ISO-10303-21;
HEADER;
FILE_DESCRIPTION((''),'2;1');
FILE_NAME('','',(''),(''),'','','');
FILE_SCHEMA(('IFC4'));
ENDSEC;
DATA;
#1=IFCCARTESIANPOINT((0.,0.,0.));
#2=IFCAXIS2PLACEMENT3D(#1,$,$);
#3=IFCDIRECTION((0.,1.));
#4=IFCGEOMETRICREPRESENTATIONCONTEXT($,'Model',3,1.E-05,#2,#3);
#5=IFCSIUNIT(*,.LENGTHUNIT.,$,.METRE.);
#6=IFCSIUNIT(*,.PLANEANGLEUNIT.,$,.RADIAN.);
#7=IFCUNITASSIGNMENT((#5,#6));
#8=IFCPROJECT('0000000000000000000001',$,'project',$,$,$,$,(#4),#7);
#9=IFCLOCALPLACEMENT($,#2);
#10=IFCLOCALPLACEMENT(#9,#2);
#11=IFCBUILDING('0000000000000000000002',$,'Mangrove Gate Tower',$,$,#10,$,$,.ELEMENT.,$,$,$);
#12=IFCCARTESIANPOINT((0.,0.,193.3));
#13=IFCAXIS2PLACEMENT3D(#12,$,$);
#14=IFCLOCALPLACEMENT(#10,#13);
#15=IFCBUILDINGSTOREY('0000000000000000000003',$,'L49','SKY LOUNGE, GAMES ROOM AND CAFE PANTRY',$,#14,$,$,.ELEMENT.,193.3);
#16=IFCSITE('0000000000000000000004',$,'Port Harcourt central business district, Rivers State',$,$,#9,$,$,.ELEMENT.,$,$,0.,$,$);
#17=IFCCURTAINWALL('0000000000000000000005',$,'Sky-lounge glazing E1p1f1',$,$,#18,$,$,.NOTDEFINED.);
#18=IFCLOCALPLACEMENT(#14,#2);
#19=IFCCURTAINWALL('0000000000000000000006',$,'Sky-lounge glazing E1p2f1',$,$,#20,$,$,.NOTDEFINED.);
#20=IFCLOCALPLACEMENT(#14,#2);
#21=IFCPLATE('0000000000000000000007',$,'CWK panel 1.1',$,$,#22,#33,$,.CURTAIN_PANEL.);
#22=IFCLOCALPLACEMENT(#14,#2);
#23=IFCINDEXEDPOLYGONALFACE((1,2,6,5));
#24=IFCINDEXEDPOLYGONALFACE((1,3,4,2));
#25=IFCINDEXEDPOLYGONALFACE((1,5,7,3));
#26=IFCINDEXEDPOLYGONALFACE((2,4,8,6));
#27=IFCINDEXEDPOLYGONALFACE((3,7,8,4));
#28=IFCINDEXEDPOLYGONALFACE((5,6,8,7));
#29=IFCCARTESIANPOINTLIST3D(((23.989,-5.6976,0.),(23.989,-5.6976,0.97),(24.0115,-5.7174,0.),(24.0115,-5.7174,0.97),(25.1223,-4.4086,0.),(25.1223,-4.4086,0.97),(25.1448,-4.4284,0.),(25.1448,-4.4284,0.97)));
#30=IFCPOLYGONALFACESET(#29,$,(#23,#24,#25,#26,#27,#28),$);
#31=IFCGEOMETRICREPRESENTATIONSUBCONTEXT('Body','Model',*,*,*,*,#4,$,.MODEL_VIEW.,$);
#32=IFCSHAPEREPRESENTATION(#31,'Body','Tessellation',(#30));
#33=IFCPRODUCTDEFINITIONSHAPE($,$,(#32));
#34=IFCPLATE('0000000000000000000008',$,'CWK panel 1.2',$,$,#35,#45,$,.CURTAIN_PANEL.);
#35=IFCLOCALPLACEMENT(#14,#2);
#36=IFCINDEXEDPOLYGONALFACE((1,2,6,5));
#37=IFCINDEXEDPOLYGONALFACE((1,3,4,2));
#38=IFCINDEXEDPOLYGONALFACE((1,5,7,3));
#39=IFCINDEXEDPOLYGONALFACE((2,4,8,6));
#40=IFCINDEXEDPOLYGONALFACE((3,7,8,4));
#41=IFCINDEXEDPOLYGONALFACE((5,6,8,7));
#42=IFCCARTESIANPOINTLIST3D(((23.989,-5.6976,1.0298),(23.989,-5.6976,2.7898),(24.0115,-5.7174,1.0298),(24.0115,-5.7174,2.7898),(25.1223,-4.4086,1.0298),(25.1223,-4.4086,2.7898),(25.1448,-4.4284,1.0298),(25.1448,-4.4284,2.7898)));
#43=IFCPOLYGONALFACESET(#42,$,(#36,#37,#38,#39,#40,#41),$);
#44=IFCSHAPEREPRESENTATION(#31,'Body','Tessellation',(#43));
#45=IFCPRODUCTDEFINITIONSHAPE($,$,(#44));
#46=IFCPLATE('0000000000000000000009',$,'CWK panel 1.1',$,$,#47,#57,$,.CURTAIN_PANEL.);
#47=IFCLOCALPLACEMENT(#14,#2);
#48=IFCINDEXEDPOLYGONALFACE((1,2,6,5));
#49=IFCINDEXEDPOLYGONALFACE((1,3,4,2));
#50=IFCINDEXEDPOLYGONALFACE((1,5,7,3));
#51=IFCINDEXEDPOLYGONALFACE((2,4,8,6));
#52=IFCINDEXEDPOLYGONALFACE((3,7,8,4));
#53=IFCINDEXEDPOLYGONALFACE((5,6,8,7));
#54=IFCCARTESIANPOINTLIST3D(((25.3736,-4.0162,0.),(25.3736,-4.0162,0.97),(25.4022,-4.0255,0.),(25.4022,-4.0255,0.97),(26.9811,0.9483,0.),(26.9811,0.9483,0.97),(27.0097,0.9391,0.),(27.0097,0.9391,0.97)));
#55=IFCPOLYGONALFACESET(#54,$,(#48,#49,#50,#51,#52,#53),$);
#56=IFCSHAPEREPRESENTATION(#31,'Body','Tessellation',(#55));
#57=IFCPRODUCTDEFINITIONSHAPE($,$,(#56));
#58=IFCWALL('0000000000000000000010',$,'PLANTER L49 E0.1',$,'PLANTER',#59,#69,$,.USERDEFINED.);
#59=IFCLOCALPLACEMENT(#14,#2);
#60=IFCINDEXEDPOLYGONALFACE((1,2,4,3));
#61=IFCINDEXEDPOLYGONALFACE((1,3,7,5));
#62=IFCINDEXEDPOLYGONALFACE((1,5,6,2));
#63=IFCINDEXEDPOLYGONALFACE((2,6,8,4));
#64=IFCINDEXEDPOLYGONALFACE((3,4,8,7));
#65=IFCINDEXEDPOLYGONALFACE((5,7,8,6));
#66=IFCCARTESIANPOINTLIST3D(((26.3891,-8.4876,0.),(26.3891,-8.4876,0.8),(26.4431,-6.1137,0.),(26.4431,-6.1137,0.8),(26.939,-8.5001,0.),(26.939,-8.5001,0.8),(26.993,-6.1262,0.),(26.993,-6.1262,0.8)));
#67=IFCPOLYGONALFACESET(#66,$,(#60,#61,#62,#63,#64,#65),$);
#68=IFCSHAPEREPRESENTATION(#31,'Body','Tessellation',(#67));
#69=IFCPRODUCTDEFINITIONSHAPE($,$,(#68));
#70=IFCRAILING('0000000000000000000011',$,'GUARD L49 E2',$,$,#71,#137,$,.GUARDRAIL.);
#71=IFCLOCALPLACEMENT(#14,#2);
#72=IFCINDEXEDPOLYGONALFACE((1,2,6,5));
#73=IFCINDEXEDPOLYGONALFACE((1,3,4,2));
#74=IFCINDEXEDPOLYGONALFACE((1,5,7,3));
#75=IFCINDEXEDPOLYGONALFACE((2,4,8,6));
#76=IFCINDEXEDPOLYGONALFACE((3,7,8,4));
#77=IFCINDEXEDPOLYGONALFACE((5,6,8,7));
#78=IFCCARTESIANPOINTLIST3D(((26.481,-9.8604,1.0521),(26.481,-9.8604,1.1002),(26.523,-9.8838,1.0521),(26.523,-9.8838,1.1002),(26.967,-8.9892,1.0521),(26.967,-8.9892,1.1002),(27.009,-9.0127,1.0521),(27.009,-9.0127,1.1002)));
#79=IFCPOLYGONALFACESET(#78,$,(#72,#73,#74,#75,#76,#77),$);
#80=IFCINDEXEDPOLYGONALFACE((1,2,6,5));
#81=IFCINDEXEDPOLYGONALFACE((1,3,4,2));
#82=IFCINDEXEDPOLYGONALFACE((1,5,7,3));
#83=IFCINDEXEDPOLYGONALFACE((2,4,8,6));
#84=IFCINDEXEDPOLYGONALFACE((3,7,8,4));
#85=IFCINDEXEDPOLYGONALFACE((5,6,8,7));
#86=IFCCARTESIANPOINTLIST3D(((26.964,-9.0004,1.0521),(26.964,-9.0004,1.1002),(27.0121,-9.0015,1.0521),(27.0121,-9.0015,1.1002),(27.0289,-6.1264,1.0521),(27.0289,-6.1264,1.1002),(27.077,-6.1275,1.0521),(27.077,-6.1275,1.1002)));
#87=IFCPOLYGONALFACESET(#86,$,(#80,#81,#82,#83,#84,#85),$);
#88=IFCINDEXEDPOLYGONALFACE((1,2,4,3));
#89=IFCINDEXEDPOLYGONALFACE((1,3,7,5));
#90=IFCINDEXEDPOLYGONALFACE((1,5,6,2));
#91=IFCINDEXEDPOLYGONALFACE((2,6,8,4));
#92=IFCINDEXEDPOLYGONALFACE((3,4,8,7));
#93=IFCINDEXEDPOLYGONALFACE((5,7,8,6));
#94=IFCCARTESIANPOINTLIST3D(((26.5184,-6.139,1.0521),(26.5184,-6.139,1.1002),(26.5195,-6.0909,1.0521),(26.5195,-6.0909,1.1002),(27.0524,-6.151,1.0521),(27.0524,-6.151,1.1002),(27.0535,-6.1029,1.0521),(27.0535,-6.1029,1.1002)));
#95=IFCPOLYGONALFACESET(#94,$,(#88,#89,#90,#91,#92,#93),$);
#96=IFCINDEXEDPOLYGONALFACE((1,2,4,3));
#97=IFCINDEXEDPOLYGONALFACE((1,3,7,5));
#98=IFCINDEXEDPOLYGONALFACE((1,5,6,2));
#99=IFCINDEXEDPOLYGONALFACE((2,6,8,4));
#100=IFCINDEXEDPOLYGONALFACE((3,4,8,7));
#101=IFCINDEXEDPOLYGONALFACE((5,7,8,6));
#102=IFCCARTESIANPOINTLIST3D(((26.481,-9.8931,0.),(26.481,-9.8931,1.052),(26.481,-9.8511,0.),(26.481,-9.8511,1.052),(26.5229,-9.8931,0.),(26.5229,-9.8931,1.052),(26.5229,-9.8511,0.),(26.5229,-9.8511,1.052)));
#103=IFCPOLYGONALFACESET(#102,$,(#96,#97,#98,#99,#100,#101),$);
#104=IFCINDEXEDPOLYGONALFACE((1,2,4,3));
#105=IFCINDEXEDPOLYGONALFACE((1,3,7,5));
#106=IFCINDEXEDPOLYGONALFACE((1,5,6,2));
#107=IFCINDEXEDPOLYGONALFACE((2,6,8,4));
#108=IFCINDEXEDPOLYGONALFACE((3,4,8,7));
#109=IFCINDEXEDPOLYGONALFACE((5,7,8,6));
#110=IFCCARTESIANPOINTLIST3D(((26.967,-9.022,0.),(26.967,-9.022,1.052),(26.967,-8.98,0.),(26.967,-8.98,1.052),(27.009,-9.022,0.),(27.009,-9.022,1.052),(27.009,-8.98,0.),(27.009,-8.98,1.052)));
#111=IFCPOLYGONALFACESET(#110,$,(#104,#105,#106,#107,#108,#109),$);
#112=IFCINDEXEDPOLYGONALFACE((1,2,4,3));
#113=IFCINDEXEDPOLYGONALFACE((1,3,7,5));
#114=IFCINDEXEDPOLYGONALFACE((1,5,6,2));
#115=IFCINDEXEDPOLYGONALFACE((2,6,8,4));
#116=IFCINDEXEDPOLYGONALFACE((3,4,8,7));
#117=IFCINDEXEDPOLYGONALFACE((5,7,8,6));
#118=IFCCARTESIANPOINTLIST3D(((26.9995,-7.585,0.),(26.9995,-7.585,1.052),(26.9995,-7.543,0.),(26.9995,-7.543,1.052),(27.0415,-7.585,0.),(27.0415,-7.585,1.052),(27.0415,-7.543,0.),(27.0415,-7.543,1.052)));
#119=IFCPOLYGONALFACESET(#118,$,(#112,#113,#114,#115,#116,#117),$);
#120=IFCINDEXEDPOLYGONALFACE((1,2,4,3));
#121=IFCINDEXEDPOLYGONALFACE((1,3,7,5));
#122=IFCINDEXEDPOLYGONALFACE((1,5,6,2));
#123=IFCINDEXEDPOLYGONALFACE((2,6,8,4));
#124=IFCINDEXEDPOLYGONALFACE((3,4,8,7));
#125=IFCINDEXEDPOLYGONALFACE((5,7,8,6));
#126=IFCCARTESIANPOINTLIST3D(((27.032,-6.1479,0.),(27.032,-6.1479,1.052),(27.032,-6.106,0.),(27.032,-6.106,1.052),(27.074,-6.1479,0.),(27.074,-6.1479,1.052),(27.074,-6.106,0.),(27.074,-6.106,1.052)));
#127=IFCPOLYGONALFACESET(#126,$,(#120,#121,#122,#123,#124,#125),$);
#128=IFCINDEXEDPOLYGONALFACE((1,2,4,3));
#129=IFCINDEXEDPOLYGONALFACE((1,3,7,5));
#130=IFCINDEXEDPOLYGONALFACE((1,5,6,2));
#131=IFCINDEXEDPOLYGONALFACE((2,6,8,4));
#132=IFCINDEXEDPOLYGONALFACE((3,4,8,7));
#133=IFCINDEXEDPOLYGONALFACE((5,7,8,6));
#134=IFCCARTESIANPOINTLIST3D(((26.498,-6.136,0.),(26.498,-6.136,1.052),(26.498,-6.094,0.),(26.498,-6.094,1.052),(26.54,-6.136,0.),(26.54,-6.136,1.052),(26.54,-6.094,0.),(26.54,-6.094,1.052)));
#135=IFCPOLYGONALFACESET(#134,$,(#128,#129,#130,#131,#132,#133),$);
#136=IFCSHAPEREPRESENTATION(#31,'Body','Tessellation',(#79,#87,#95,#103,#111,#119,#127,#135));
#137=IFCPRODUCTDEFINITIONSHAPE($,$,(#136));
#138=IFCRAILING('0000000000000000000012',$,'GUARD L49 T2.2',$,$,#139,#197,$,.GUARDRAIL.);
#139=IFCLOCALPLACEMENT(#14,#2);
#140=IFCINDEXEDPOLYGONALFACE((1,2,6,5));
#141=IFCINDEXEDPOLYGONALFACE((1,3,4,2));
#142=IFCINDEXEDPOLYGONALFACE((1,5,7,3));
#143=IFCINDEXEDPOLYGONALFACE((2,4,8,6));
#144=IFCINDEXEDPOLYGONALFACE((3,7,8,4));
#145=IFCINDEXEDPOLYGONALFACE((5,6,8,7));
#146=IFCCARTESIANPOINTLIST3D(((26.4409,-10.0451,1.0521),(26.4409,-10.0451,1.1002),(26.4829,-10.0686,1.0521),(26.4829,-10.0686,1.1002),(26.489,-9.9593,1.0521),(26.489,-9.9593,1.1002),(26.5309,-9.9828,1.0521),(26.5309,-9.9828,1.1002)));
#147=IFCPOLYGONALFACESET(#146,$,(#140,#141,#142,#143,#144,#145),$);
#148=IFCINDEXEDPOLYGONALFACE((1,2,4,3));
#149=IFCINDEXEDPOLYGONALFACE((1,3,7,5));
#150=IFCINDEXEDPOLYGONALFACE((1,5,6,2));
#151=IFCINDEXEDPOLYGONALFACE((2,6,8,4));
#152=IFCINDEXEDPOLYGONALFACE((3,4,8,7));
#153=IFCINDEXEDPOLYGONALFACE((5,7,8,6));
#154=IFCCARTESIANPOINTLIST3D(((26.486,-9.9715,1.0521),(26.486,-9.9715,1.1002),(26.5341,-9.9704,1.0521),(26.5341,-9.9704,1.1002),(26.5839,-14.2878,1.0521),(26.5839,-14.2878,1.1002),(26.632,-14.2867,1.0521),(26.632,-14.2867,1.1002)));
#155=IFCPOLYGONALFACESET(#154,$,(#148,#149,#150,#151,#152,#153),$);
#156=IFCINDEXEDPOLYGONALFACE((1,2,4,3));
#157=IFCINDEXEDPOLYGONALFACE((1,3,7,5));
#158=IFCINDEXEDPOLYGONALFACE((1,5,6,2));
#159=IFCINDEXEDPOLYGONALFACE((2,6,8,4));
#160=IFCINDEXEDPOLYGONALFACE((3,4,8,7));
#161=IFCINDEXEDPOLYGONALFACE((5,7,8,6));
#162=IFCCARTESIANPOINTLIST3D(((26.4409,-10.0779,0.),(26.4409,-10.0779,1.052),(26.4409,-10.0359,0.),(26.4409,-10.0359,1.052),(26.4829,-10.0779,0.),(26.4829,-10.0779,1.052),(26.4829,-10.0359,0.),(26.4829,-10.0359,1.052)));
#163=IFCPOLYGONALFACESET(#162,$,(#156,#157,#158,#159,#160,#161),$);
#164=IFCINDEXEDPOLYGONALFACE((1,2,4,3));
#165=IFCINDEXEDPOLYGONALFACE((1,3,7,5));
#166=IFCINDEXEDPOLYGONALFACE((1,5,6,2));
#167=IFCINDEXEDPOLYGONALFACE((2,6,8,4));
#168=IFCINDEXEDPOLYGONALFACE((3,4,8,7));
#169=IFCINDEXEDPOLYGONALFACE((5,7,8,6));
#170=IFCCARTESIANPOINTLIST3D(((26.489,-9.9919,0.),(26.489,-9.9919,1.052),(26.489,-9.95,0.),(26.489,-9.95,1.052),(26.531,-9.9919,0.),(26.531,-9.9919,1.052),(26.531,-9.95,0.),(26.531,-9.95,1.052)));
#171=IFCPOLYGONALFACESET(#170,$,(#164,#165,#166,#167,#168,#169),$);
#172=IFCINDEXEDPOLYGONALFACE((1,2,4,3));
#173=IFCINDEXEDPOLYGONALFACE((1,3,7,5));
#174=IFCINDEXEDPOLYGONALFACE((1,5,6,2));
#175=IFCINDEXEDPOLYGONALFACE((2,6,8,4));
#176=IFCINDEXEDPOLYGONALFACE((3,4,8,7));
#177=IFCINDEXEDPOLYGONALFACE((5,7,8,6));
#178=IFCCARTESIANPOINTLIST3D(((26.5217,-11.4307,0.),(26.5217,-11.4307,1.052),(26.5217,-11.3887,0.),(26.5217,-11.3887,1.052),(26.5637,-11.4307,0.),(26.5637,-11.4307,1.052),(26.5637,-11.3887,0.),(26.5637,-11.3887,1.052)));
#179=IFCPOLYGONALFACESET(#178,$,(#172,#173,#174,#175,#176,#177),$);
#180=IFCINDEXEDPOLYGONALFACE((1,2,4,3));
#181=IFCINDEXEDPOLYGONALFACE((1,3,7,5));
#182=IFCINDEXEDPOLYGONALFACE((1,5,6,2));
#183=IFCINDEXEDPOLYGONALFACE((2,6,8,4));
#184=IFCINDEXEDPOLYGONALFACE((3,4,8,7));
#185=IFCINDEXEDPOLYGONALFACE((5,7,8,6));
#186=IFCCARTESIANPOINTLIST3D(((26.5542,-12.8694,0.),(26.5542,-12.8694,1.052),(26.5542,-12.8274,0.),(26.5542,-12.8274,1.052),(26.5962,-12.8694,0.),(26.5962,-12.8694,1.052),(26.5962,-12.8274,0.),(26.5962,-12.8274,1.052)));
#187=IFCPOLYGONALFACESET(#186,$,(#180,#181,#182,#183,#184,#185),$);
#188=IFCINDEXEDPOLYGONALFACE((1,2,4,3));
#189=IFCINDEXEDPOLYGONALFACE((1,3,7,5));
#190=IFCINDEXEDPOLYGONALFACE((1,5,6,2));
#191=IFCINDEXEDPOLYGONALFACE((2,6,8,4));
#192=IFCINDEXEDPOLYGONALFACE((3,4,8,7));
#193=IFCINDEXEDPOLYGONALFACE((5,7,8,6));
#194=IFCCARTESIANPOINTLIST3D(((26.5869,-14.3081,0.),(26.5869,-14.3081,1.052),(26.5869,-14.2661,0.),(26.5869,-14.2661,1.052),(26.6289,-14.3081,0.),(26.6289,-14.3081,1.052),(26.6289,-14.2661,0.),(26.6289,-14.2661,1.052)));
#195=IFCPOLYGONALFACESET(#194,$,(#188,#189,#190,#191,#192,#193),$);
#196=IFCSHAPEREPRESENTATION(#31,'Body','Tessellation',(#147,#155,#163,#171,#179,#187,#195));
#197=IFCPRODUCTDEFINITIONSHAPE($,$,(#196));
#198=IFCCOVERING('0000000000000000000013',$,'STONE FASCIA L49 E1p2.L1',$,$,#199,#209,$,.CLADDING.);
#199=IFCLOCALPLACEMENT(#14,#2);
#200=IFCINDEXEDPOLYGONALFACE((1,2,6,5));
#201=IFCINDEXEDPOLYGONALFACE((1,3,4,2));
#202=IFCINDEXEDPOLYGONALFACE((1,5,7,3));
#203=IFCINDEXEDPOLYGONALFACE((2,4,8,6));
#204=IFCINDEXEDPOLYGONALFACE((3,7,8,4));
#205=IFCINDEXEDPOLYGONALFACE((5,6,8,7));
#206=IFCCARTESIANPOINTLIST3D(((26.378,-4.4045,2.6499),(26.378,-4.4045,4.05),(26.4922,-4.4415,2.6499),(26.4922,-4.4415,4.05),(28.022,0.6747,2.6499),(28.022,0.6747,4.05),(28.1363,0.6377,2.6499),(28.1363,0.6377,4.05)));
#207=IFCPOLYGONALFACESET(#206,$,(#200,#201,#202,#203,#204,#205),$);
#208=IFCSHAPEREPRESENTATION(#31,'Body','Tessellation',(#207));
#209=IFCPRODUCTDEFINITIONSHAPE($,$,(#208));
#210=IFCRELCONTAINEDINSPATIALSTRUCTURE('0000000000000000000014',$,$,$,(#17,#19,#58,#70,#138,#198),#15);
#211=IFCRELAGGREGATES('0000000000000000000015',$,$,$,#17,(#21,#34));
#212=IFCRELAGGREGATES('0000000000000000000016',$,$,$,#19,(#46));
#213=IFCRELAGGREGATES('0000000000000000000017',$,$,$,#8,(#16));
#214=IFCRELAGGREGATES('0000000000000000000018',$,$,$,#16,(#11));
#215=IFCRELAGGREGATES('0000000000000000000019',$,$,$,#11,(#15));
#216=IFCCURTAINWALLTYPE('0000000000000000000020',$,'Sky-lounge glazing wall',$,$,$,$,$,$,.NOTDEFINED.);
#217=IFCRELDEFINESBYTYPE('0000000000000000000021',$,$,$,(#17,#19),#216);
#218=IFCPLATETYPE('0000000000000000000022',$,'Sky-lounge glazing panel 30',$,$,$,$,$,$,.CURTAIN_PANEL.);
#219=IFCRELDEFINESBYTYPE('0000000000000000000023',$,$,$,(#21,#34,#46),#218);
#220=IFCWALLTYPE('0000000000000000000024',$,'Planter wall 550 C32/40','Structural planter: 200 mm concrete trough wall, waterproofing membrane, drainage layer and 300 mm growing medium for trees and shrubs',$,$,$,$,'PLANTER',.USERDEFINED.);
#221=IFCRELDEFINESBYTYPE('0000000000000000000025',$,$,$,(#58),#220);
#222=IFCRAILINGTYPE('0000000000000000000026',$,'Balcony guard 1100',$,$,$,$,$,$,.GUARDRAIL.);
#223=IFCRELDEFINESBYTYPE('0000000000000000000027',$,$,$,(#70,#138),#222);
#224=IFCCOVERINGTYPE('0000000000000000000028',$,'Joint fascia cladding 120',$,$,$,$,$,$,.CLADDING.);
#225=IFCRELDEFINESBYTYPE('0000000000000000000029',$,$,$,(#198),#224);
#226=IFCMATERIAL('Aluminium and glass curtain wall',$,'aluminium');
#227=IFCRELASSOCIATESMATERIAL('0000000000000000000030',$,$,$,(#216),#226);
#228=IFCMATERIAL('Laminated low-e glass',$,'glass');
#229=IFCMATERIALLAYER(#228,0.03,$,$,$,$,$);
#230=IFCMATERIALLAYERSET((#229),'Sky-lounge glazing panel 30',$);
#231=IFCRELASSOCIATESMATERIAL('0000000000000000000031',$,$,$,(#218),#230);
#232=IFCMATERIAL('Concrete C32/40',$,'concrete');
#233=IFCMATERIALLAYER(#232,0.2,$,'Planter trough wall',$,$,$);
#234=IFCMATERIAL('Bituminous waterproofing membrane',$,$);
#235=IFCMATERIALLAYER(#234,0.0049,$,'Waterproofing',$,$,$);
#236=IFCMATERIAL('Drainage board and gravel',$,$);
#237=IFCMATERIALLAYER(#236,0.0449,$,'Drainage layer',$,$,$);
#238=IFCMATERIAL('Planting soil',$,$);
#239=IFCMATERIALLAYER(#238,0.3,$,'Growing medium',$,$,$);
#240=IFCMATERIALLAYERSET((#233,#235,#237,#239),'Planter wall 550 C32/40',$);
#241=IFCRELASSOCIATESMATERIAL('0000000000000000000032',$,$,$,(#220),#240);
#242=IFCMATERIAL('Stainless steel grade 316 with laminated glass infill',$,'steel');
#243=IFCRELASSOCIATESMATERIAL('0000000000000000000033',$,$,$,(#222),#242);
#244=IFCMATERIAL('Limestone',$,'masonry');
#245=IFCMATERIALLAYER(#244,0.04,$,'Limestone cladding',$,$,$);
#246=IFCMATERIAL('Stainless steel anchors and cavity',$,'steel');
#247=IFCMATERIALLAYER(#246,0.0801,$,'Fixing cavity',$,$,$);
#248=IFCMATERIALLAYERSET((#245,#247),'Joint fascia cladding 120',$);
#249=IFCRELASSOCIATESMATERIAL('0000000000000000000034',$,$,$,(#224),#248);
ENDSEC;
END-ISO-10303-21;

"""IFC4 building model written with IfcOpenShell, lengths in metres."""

from ifc_helpers import new_model, si_unit, direction, frame, frame_2d, origin, origin_2d, place, context, subcontext, project, spatial, rectangle, extrude, material, layer, layer_set, type_object, element, aggregate, save


model = new_model("IFC4")

# Units and contexts
model_context = context("Model", 3, precision=1e-05, world=origin(), true_north=direction((0.0, 1.0)))
body_context = subcontext(model_context, "Body", "Model", "MODEL_VIEW")
ifc_project = project(units=[si_unit("LENGTHUNIT", "METRE"), si_unit("PLANEANGLEUNIT", "RADIAN")], contexts=[model_context])

# Site, building, storey
site_placement = place(None, origin())
site = spatial("IfcSite", under=ifc_project, at=site_placement, Name="Port Harcourt central business district, Rivers State", CompositionType="ELEMENT", RefElevation=0.0)
building_placement = place(site_placement, origin())
building = spatial("IfcBuilding", under=site, at=building_placement, Name="Mangrove Gate Tower", CompositionType="ELEMENT")
storey_placement = place(building_placement, frame((0.0, 0.0, 193.3)))
storey = spatial("IfcBuildingStorey", under=building, at=storey_placement, Name="L49", Description="SKY LOUNGE, GAMES ROOM AND CAFE PANTRY", CompositionType="ELEMENT", Elevation=193.3)

# Curtain wall
ifc_material_1 = material(Name="Aluminium and glass curtain wall", Category="aluminium")
curtain_wall_type = type_object("IfcCurtainWallType", Name="Sky-lounge glazing wall", PredefinedType="NOTDEFINED", material=ifc_material_1)
curtain_wall_1_placement = place(storey_placement, origin())
curtain_wall_1 = element("IfcCurtainWall", 1, at=curtain_wall_1_placement, inside=storey, type_object=curtain_wall_type, Name="Sky-lounge glazing E1p1f1", PredefinedType="NOTDEFINED")

# Curtain wall
curtain_wall_2_placement = place(storey_placement, origin())
curtain_wall_2 = element("IfcCurtainWall", 2, at=curtain_wall_2_placement, inside=storey, type_object=curtain_wall_type, Name="Sky-lounge glazing E1p2f1", PredefinedType="NOTDEFINED")

# Plates
ifc_material_2 = material(Name="Laminated low-e glass", Category="glass")
ifc_layer_1 = layer(ifc_material_2, 0.03)
ifc_layer_set_1 = layer_set([ifc_layer_1], Name="Sky-lounge glazing panel 30")
plate_type = type_object("IfcPlateType", Name="Sky-lounge glazing panel 30", PredefinedType="CURTAIN_PANEL", material=ifc_layer_set_1)
plate_1_placement = place(storey_placement, frame((24.5669, -5.063, 0.0), z_axis=(0.0, 0.0, 1.0), x_axis=(0.660296, 0.751006, 0.0)))
plate_1 = element("IfcPlate", 3, at=plate_1_placement, type_object=plate_type, Name="CWK panel 1.1", PredefinedType="CURTAIN_PANEL", context=body_context, shape_type="SweptSolid", body=[
    extrude(rectangle(XDim=1.7163, YDim=0.03, at=origin_2d()), origin(), (0.0, 0.0, 1.0), 0.97),
])
plate_2_placement = place(storey_placement, frame((24.5669, -5.063, 1.0298), z_axis=(0.0, 0.0, 1.0), x_axis=(0.660296, 0.751006, 0.0)))
plate_2 = element("IfcPlate", 4, at=plate_2_placement, type_object=plate_type, Name="CWK panel 1.2", PredefinedType="CURTAIN_PANEL", context=body_context, shape_type="SweptSolid", body=[
    extrude(rectangle(XDim=1.7163, YDim=0.03, at=origin_2d()), origin(), (0.0, 0.0, 1.0), 1.76),
])
aggregate(curtain_wall_1, [plate_1, plate_2])
plate_3_placement = place(storey_placement, frame((26.1917, -1.5386, 0.0), z_axis=(0.0, 0.0, 1.0), x_axis=(0.308042, 0.951373, 0.0)))
plate_3 = element("IfcPlate", 5, at=plate_3_placement, type_object=plate_type, Name="CWK panel 1.1", PredefinedType="CURTAIN_PANEL", context=body_context, shape_type="SweptSolid", body=[
    extrude(rectangle(XDim=5.2183, YDim=0.03, at=origin_2d()), origin(), (0.0, 0.0, 1.0), 0.97),
])
aggregate(curtain_wall_2, [plate_3])

# Wall
ifc_material_3 = material(Name="Concrete C32/40", Category="concrete")
ifc_layer_2 = layer(ifc_material_3, 0.2, Name="Planter trough wall")
ifc_material_4 = material(Name="Bituminous waterproofing membrane")
ifc_layer_3 = layer(ifc_material_4, 0.0049, Name="Waterproofing")
ifc_material_5 = material(Name="Drainage board and gravel")
ifc_layer_4 = layer(ifc_material_5, 0.0449, Name="Drainage layer")
ifc_material_6 = material(Name="Planting soil")
ifc_layer_5 = layer(ifc_material_6, 0.3, Name="Growing medium")
ifc_layer_set_2 = layer_set([ifc_layer_2, ifc_layer_3, ifc_layer_4, ifc_layer_5], Name="Planter wall 550 C32/40")
wall_type = type_object("IfcWallType", Name="Planter wall 550 C32/40", Description="Structural planter: 200 mm concrete trough wall, waterproofing membrane, drainage layer and 300 mm growing medium for trees and shrubs", ElementType="PLANTER", PredefinedType="USERDEFINED", material=ifc_layer_set_2)
wall_placement = place(storey_placement, frame((26.6641, -8.4939, 0.0), z_axis=(0.0, 0.0, 1.0), x_axis=(0.022724, 0.999742, 0.0)))
element("IfcWall", 6, at=wall_placement, inside=storey, type_object=wall_type, Name="PLANTER L49 E0.1", ObjectType="PLANTER", PredefinedType="USERDEFINED", context=body_context, shape_type="SweptSolid", body=[
    extrude(rectangle(XDim=2.3745, YDim=0.55, at=frame_2d((1.1873, 0.0))), origin(), (0.0, 0.0, 1.0), 0.8),
])

# Railings
ifc_material_7 = material(Name="Stainless steel grade 316 with laminated glass infill", Category="steel")
railing_type = type_object("IfcRailingType", Name="Balcony guard 1100", PredefinedType="GUARDRAIL", material=ifc_material_7)
railing_1_placement = place(storey_placement, frame((26.502, -9.8721, 0.0)))
element("IfcRailing", 7, at=railing_1_placement, inside=storey, type_object=railing_type, Name="GUARD L49 E2", PredefinedType="GUARDRAIL", context=body_context, shape_type="SweptSolid", body=[
    extrude(rectangle(XDim=0.0481, YDim=0.0481, at=origin_2d()), frame((0.0, 0.0, 1.0762), z_axis=(0.487284, 0.873244, 0.0), x_axis=(-0.873244, 0.487284, 0.0)), (0.0, 0.0, 1.0), 0.9976),
    extrude(rectangle(XDim=0.0481, YDim=0.0481, at=origin_2d()), frame((0.4861, 0.8711, 1.0762), z_axis=(0.02259, 0.999745, 0.0), x_axis=(-0.999745, 0.02259, 0.0)), (0.0, 0.0, 1.0), 2.8748),
    extrude(rectangle(XDim=0.0481, YDim=0.0481, at=origin_2d()), frame((0.551, 3.7451, 1.0762), z_axis=(-0.999749, 0.022399, 0.0), x_axis=(-0.022399, -0.999749, 0.0)), (0.0, 0.0, 1.0), 0.5342),
    extrude(rectangle(XDim=0.042, YDim=0.042, at=origin_2d()), origin(), (0.0, 0.0, 1.0), 1.052),
    extrude(rectangle(XDim=0.042, YDim=0.042, at=origin_2d()), frame((0.4861, 0.8711, 0.0)), (0.0, 0.0, 1.0), 1.052),
    extrude(rectangle(XDim=0.042, YDim=0.042, at=origin_2d()), frame((0.5186, 2.3081, 0.0)), (0.0, 0.0, 1.0), 1.052),
    extrude(rectangle(XDim=0.042, YDim=0.042, at=origin_2d()), frame((0.551, 3.7451, 0.0)), (0.0, 0.0, 1.0), 1.052),
    extrude(rectangle(XDim=0.042, YDim=0.042, at=origin_2d()), frame((0.0171, 3.7571, 0.0)), (0.0, 0.0, 1.0), 1.052),
])
railing_2_placement = place(storey_placement, frame((26.4619, -10.0569, 0.0)))
element("IfcRailing", 8, at=railing_2_placement, inside=storey, type_object=railing_type, Name="GUARD L49 T2.2", PredefinedType="GUARDRAIL", context=body_context, shape_type="SweptSolid", body=[
    extrude(rectangle(XDim=0.0481, YDim=0.0481, at=origin_2d()), frame((0.0, 0.0, 1.0762), z_axis=(0.488377, 0.872633, 0.0), x_axis=(-0.872633, 0.488377, 0.0)), (0.0, 0.0, 1.0), 0.0984),
    extrude(rectangle(XDim=0.0481, YDim=0.0481, at=origin_2d()), frame((0.0481, 0.0859, 1.0762), z_axis=(0.022676, -0.999743, 0.0), x_axis=(0.999743, 0.022676, 0.0)), (0.0, 0.0, 1.0), 4.3174),
    extrude(rectangle(XDim=0.042, YDim=0.042, at=origin_2d()), origin(), (0.0, 0.0, 1.0), 1.052),
    extrude(rectangle(XDim=0.042, YDim=0.042, at=origin_2d()), frame((0.0481, 0.0859, 0.0)), (0.0, 0.0, 1.0), 1.052),
    extrude(rectangle(XDim=0.042, YDim=0.042, at=origin_2d()), frame((0.0808, -1.3528, 0.0)), (0.0, 0.0, 1.0), 1.052),
    extrude(rectangle(XDim=0.042, YDim=0.042, at=origin_2d()), frame((0.1133, -2.7915, 0.0)), (0.0, 0.0, 1.0), 1.052),
    extrude(rectangle(XDim=0.042, YDim=0.042, at=origin_2d()), frame((0.146, -4.2302, 0.0)), (0.0, 0.0, 1.0), 1.052),
])

# Covering
ifc_material_8 = material(Name="Limestone", Category="masonry")
ifc_layer_6 = layer(ifc_material_8, 0.04, Name="Limestone cladding")
ifc_material_9 = material(Name="Stainless steel anchors and cavity", Category="steel")
ifc_layer_7 = layer(ifc_material_9, 0.0801, Name="Fixing cavity")
ifc_layer_set_3 = layer_set([ifc_layer_6, ifc_layer_7], Name="Joint fascia cladding 120")
covering_type = type_object("IfcCoveringType", Name="Joint fascia cladding 120", PredefinedType="CLADDING", material=ifc_layer_set_3)
covering_1_placement = place(storey_placement, frame((26.4351, -4.4231, 2.6499), z_axis=(0.0, 0.0, 1.0), x_axis=(0.307957, 0.9514, 0.0)))
element("IfcCovering", 9, at=covering_1_placement, inside=storey, type_object=covering_type, Name="STONE FASCIA L49 E1p2.L1", PredefinedType="CLADDING", context=body_context, shape_type="SweptSolid", body=[
    extrude(rectangle(XDim=5.3386, YDim=0.1201, at=frame_2d((2.6694, 0.0))), origin(), (0.0, 0.0, 1.0), 1.4001),
])

save(model, "model.ifc")
